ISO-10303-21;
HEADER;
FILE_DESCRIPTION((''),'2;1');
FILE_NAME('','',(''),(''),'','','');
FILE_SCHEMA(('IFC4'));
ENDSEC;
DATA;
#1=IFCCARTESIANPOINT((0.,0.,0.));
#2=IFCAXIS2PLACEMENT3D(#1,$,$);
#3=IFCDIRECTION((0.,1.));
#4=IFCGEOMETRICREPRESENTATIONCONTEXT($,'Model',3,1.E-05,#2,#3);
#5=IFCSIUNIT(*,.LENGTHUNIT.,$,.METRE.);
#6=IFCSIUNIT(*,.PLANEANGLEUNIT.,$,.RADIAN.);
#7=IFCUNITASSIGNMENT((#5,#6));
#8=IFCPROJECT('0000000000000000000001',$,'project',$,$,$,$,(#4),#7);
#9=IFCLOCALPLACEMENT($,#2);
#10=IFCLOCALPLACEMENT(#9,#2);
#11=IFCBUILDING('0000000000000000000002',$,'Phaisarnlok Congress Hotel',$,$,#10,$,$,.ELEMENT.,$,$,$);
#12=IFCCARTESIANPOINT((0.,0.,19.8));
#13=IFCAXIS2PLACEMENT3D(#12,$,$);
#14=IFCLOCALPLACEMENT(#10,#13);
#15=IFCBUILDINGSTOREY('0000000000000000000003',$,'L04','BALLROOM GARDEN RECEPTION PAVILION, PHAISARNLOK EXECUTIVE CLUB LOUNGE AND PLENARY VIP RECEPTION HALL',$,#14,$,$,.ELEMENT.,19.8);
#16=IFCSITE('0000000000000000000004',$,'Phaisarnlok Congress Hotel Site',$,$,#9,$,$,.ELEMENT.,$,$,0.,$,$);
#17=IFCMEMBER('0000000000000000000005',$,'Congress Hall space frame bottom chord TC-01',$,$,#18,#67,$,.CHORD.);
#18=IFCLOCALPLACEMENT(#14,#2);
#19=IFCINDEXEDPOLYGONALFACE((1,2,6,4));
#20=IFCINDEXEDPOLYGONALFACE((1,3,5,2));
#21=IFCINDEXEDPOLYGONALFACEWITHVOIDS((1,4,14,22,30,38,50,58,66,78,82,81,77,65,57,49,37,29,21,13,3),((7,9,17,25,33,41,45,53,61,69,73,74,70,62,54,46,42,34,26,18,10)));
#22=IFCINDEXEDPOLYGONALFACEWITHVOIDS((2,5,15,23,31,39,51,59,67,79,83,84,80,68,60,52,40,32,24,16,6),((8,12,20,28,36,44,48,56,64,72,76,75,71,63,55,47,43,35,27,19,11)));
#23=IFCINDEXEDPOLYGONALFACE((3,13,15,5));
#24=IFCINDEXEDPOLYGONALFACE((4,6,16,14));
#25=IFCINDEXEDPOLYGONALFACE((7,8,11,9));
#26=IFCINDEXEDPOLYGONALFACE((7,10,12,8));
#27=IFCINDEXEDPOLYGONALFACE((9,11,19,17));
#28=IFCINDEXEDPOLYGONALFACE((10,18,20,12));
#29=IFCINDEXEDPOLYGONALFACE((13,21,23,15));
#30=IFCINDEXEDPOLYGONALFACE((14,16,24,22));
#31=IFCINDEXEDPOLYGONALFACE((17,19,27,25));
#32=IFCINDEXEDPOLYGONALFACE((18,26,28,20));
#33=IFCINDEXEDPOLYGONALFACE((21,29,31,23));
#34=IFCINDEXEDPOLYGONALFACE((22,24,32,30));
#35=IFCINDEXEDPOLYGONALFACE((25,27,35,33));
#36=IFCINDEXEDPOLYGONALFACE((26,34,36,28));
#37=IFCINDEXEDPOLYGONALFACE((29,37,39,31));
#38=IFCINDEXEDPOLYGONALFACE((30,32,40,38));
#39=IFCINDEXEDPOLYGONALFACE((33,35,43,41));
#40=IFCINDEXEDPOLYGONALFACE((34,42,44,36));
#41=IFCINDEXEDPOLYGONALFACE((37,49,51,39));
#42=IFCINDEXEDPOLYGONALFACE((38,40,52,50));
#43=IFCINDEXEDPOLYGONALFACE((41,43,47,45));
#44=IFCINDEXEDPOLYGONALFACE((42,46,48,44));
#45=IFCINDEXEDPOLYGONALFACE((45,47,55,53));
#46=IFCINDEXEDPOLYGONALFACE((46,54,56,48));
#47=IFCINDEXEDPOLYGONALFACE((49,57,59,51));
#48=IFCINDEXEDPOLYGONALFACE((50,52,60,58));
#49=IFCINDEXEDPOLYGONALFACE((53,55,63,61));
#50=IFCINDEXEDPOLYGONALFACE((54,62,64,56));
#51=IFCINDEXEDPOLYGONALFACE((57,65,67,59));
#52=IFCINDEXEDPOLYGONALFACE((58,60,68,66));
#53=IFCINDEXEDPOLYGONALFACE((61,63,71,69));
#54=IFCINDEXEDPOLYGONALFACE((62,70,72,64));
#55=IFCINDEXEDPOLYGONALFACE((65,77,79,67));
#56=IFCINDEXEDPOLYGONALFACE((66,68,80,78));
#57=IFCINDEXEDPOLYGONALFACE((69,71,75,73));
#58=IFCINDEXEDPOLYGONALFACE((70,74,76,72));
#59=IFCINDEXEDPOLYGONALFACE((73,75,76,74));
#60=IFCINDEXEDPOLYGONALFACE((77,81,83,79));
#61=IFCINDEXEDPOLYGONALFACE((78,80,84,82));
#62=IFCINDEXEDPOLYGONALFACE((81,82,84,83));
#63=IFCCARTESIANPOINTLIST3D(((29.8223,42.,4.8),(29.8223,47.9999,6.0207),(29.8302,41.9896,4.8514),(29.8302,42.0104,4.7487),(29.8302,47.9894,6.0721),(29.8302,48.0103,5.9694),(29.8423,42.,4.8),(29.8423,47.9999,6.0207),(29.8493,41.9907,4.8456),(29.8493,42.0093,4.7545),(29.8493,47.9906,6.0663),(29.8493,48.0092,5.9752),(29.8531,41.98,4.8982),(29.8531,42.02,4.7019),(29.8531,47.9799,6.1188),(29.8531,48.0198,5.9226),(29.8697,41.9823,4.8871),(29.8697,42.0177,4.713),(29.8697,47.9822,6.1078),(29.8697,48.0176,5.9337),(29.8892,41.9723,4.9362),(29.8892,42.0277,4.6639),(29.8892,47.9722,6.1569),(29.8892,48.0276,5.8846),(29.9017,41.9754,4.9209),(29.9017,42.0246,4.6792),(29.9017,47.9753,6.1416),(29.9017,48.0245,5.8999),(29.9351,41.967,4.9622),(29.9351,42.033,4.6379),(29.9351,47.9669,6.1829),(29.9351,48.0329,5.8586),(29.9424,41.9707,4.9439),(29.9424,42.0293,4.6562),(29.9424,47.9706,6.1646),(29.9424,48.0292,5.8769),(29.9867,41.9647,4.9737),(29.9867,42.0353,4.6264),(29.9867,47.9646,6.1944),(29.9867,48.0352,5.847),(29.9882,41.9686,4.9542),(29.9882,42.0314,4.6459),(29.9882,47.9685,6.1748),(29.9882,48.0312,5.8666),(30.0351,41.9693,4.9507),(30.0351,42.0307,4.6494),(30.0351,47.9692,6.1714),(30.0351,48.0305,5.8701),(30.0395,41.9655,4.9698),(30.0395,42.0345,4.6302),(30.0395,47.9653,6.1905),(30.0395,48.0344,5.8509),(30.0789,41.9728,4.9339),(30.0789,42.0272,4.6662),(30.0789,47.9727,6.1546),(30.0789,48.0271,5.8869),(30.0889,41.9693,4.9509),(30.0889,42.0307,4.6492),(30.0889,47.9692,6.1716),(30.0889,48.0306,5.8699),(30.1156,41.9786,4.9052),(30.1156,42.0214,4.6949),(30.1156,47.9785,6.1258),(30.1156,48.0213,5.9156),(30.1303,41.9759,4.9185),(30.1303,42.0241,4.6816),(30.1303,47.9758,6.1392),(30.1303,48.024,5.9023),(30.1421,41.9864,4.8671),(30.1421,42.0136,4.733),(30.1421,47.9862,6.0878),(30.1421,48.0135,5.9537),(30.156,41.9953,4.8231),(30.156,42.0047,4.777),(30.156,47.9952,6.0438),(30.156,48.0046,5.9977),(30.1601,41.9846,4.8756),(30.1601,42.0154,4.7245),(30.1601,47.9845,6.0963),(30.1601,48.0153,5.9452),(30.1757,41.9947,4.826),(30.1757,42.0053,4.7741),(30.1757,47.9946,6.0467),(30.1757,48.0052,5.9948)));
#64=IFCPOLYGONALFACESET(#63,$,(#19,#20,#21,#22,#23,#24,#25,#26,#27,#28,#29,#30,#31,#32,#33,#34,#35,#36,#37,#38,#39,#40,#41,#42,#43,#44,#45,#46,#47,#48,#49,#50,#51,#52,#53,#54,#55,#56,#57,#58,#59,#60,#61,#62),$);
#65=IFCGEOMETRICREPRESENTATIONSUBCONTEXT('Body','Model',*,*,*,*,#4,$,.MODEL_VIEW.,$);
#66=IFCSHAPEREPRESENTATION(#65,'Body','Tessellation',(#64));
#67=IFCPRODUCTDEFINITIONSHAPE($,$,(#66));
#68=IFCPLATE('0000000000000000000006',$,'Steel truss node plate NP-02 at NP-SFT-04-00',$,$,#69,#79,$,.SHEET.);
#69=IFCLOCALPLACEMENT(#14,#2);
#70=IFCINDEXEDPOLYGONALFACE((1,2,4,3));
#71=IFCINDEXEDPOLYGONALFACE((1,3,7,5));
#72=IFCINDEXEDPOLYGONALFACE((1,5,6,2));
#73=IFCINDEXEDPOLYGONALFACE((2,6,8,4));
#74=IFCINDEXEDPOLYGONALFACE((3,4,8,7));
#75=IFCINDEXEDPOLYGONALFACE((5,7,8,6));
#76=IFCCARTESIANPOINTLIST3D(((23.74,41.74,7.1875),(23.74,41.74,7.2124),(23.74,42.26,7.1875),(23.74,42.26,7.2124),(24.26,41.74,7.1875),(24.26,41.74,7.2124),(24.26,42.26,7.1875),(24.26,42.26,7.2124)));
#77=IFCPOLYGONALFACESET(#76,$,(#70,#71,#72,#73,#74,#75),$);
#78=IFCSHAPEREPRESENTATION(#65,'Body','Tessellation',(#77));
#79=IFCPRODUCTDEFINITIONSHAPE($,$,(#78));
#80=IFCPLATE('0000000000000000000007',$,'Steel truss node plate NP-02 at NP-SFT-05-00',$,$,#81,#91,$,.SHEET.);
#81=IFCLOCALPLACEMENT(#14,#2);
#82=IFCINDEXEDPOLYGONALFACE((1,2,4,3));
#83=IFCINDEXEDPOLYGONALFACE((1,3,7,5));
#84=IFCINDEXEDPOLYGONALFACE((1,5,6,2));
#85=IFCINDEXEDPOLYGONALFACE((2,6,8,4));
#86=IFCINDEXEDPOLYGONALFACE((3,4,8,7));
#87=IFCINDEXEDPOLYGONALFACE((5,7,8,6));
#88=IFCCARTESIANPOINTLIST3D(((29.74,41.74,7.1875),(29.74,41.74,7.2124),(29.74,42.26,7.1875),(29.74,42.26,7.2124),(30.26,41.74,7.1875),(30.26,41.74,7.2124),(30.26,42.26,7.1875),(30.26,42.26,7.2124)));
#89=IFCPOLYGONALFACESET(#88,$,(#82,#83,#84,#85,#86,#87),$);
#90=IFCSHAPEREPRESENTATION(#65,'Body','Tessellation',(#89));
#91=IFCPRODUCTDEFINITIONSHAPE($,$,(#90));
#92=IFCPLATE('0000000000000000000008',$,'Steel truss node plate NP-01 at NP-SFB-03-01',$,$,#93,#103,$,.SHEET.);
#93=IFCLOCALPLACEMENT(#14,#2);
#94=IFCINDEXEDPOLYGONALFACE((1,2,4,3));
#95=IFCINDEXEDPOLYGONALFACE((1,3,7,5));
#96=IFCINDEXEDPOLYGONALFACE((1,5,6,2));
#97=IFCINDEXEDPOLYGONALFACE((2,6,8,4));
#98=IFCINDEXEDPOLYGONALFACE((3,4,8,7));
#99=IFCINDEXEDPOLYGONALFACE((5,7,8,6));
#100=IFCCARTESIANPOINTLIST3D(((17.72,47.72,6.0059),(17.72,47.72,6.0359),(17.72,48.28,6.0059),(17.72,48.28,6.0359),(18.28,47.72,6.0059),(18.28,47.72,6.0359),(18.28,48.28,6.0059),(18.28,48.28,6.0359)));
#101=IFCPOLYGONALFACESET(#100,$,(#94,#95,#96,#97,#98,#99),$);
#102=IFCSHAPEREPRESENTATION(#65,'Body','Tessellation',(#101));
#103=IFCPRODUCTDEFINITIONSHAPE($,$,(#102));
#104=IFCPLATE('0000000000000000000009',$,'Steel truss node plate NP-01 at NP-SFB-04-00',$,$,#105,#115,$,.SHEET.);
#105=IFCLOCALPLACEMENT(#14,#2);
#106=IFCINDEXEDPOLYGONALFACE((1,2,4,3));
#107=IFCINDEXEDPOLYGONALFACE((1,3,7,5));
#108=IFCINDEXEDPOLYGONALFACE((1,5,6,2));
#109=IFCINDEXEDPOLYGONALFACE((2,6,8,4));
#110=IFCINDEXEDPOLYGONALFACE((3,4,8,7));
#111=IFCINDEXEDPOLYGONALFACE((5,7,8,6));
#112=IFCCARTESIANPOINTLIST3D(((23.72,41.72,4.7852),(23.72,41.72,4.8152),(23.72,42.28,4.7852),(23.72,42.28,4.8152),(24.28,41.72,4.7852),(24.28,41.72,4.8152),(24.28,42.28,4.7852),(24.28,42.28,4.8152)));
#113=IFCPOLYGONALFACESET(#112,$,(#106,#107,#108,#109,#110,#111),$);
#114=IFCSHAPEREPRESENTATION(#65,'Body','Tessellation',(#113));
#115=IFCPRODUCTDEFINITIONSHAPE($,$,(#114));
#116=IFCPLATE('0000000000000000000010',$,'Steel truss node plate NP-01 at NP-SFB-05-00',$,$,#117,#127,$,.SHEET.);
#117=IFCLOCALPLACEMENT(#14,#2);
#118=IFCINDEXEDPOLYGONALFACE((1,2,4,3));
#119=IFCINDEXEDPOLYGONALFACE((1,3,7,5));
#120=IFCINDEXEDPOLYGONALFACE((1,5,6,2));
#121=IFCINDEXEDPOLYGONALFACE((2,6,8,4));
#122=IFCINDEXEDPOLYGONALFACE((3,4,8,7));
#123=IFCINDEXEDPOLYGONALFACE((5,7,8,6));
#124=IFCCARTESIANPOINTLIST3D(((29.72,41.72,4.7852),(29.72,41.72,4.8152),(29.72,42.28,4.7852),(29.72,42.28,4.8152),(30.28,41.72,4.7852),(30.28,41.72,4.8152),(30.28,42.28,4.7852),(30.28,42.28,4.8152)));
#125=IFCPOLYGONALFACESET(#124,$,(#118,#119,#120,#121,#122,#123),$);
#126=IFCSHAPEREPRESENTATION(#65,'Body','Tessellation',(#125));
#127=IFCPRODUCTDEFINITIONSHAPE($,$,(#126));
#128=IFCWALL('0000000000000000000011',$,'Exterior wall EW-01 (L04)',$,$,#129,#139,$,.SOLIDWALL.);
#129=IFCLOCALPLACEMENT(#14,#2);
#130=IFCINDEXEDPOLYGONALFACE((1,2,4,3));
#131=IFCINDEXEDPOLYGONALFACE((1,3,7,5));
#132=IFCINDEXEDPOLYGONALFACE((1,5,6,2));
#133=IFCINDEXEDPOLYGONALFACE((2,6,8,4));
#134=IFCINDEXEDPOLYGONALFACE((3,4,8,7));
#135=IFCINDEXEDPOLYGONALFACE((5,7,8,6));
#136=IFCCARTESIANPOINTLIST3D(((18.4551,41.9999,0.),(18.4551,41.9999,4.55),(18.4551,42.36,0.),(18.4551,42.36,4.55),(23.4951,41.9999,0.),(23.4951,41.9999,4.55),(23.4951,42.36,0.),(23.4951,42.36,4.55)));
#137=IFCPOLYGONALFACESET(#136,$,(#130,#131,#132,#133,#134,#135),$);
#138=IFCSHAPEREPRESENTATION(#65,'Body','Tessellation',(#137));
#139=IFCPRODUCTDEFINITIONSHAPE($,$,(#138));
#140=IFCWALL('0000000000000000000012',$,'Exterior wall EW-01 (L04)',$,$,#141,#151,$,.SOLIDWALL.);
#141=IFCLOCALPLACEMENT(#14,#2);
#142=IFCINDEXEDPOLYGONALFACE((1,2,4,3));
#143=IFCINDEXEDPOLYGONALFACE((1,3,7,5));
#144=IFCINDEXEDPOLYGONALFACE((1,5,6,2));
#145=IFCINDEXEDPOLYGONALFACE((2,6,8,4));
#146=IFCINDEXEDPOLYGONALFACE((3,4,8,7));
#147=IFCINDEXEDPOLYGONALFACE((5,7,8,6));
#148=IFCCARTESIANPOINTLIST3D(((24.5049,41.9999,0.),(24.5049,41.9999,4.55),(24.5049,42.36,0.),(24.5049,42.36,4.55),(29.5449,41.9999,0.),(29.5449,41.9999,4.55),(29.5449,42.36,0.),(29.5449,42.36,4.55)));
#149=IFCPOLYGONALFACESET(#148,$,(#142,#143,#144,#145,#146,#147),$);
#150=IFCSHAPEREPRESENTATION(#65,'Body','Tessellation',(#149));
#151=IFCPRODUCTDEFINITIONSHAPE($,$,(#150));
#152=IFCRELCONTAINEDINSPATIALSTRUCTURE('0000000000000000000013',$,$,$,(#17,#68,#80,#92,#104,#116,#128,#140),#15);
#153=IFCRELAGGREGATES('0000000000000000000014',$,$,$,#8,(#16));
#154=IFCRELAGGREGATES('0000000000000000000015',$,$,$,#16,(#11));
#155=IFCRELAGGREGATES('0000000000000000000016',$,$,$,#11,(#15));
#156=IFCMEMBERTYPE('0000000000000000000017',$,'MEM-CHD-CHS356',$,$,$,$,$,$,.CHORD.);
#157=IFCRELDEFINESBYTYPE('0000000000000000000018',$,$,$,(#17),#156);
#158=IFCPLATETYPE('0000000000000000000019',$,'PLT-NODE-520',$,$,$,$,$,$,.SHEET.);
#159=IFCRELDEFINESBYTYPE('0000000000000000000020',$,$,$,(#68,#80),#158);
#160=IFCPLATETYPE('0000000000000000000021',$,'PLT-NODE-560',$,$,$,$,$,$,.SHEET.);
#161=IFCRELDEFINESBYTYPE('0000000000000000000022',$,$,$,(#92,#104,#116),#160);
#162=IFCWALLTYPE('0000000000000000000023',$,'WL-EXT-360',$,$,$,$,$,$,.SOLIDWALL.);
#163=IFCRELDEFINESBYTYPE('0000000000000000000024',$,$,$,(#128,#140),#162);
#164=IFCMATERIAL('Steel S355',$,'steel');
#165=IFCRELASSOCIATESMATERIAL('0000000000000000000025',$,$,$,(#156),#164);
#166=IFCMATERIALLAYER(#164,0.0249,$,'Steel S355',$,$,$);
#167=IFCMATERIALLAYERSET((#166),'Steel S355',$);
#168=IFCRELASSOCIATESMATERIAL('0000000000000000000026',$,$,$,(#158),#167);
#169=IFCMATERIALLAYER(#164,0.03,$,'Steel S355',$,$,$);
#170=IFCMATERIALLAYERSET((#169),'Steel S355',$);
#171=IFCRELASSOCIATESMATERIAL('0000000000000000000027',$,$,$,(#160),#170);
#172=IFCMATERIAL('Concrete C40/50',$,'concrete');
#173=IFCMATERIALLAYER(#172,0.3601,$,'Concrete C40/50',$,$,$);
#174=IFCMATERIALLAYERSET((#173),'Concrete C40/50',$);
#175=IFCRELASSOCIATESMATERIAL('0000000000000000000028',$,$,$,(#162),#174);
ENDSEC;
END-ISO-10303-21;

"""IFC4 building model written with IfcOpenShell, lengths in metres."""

from ifc_helpers import new_model, si_unit, direction, frame, frame_2d, origin, origin_2d, place, context, subcontext, project, spatial, rectangle, hollow_circle, extrude, material, layer, layer_set, material_profile, profile_set, type_object, element, save


model = new_model("IFC4")

# Units and contexts
model_context = context("Model", 3, precision=1e-05, world=origin(), true_north=direction((0.0, 1.0)))
body_context = subcontext(model_context, "Body", "Model", "MODEL_VIEW")
ifc_project = project(units=[si_unit("LENGTHUNIT", "METRE"), si_unit("PLANEANGLEUNIT", "RADIAN")], contexts=[model_context])

# Site, building, storey
site_placement = place(None, origin())
site = spatial("IfcSite", under=ifc_project, at=site_placement, Name="Phaisarnlok Congress Hotel Site", CompositionType="ELEMENT", RefElevation=0.0)
building_placement = place(site_placement, origin())
building = spatial("IfcBuilding", under=site, at=building_placement, Name="Phaisarnlok Congress Hotel", CompositionType="ELEMENT")
storey_placement = place(building_placement, frame((0.0, 0.0, 19.8)))
storey = spatial("IfcBuildingStorey", under=building, at=storey_placement, Name="L04", Description="BALLROOM GARDEN RECEPTION PAVILION, PHAISARNLOK EXECUTIVE CLUB LOUNGE AND PLENARY VIP RECEPTION HALL", CompositionType="ELEMENT", Elevation=19.8)

# Member
ifc_material_1 = material(Name="Steel S355", Category="steel")
ifc_material_profile_1 = material_profile(ifc_material_1, hollow_circle(Radius=0.1777, WallThickness=0.02, at=origin_2d()), Name="CHS 355.6x20")
ifc_profile_set_1 = profile_set([ifc_material_profile_1], Name="Steel S355")
member_type_1 = type_object("IfcMemberType", Name="MEM-CHD-CHS356", PredefinedType="CHORD", material=ifc_profile_set_1)
member_1_placement = place(storey_placement, frame((30.0, 42.0, 4.8), z_axis=(0.0, 0.979925, 0.199366), x_axis=(-1.0, 0.0, 0.0)))
element("IfcMember", 1, at=member_1_placement, inside=storey, type_object=member_type_1, Name="Congress Hall space frame bottom chord TC-01", PredefinedType="CHORD", context=body_context, shape_type="SweptSolid", body=[
    extrude(hollow_circle(Radius=0.1777, WallThickness=0.02, at=origin_2d()), origin(), (0.0, 0.0, 1.0), 6.1228),
])

# Plates
ifc_layer_1 = layer(ifc_material_1, 0.0249, Name="Steel S355")
ifc_layer_set_1 = layer_set([ifc_layer_1], Name="Steel S355")
plate_type_1 = type_object("IfcPlateType", Name="PLT-NODE-520", PredefinedType="SHEET", material=ifc_layer_set_1)
for number, where, z_axis, x_axis, name in (
    (2, (24.0, 42.0, 7.1875), (0.0, 0.0, 1.0), (1.0, 0.0, 0.0), "Steel truss node plate NP-02 at NP-SFT-04-00"),
    (3, (30.0, 42.0, 7.1875), (0.0, 0.0, 1.0), (1.0, 0.0, 0.0), "Steel truss node plate NP-02 at NP-SFT-05-00"),
):
    element("IfcPlate", number, at=place(storey_placement, frame(where, z_axis=z_axis, x_axis=x_axis)), inside=storey, type_object=plate_type_1, Name=name, PredefinedType="SHEET", context=body_context, shape_type="SweptSolid", body=[
        extrude(rectangle(XDim=0.52, YDim=0.52, at=origin_2d()), origin(), (0.0, 0.0, 1.0), 0.0249),
    ])
ifc_layer_2 = layer(ifc_material_1, 0.03, Name="Steel S355")
ifc_layer_set_2 = layer_set([ifc_layer_2], Name="Steel S355")
plate_type_2 = type_object("IfcPlateType", Name="PLT-NODE-560", PredefinedType="SHEET", material=ifc_layer_set_2)
for number, where, z_axis, x_axis, name in (
    (4, (18.0, 48.0, 6.0059), (0.0, 0.0, 1.0), (1.0, 0.0, 0.0), "Steel truss node plate NP-01 at NP-SFB-03-01"),
    (5, (24.0, 42.0, 4.7852), (0.0, 0.0, 1.0), (1.0, 0.0, 0.0), "Steel truss node plate NP-01 at NP-SFB-04-00"),
    (6, (30.0, 42.0, 4.7852), (0.0, 0.0, 1.0), (1.0, 0.0, 0.0), "Steel truss node plate NP-01 at NP-SFB-05-00"),
):
    element("IfcPlate", number, at=place(storey_placement, frame(where, z_axis=z_axis, x_axis=x_axis)), inside=storey, type_object=plate_type_2, Name=name, PredefinedType="SHEET", context=body_context, shape_type="SweptSolid", body=[
        extrude(rectangle(XDim=0.5601, YDim=0.5601, at=origin_2d()), origin(), (0.0, 0.0, 1.0), 0.03),
    ])

# Walls
ifc_material_2 = material(Name="Concrete C40/50", Category="concrete")
ifc_layer_3 = layer(ifc_material_2, 0.3601, Name="Concrete C40/50")
ifc_layer_set_3 = layer_set([ifc_layer_3], Name="Concrete C40/50")
wall_type = type_object("IfcWallType", Name="WL-EXT-360", PredefinedType="SOLIDWALL", material=ifc_layer_set_3)
for number, where, z_axis, x_axis, name in (
    (7, (18.4551, 42.1799, 0.0), (0.0, 0.0, 1.0), (1.0, 0.0, 0.0), "Exterior wall EW-01 (L04)"),
    (8, (24.5049, 42.1799, 0.0), (0.0, 0.0, 1.0), (1.0, 0.0, 0.0), "Exterior wall EW-01 (L04)"),
):
    element("IfcWall", number, at=place(storey_placement, frame(where, z_axis=z_axis, x_axis=x_axis)), inside=storey, type_object=wall_type, Name=name, PredefinedType="SOLIDWALL", context=body_context, shape_type="SweptSolid", body=[
        extrude(rectangle(XDim=5.04, YDim=0.3601, at=frame_2d((2.52, 0.0))), origin(), (0.0, 0.0, 1.0), 4.55),
    ])

save(model, "model.ifc")
